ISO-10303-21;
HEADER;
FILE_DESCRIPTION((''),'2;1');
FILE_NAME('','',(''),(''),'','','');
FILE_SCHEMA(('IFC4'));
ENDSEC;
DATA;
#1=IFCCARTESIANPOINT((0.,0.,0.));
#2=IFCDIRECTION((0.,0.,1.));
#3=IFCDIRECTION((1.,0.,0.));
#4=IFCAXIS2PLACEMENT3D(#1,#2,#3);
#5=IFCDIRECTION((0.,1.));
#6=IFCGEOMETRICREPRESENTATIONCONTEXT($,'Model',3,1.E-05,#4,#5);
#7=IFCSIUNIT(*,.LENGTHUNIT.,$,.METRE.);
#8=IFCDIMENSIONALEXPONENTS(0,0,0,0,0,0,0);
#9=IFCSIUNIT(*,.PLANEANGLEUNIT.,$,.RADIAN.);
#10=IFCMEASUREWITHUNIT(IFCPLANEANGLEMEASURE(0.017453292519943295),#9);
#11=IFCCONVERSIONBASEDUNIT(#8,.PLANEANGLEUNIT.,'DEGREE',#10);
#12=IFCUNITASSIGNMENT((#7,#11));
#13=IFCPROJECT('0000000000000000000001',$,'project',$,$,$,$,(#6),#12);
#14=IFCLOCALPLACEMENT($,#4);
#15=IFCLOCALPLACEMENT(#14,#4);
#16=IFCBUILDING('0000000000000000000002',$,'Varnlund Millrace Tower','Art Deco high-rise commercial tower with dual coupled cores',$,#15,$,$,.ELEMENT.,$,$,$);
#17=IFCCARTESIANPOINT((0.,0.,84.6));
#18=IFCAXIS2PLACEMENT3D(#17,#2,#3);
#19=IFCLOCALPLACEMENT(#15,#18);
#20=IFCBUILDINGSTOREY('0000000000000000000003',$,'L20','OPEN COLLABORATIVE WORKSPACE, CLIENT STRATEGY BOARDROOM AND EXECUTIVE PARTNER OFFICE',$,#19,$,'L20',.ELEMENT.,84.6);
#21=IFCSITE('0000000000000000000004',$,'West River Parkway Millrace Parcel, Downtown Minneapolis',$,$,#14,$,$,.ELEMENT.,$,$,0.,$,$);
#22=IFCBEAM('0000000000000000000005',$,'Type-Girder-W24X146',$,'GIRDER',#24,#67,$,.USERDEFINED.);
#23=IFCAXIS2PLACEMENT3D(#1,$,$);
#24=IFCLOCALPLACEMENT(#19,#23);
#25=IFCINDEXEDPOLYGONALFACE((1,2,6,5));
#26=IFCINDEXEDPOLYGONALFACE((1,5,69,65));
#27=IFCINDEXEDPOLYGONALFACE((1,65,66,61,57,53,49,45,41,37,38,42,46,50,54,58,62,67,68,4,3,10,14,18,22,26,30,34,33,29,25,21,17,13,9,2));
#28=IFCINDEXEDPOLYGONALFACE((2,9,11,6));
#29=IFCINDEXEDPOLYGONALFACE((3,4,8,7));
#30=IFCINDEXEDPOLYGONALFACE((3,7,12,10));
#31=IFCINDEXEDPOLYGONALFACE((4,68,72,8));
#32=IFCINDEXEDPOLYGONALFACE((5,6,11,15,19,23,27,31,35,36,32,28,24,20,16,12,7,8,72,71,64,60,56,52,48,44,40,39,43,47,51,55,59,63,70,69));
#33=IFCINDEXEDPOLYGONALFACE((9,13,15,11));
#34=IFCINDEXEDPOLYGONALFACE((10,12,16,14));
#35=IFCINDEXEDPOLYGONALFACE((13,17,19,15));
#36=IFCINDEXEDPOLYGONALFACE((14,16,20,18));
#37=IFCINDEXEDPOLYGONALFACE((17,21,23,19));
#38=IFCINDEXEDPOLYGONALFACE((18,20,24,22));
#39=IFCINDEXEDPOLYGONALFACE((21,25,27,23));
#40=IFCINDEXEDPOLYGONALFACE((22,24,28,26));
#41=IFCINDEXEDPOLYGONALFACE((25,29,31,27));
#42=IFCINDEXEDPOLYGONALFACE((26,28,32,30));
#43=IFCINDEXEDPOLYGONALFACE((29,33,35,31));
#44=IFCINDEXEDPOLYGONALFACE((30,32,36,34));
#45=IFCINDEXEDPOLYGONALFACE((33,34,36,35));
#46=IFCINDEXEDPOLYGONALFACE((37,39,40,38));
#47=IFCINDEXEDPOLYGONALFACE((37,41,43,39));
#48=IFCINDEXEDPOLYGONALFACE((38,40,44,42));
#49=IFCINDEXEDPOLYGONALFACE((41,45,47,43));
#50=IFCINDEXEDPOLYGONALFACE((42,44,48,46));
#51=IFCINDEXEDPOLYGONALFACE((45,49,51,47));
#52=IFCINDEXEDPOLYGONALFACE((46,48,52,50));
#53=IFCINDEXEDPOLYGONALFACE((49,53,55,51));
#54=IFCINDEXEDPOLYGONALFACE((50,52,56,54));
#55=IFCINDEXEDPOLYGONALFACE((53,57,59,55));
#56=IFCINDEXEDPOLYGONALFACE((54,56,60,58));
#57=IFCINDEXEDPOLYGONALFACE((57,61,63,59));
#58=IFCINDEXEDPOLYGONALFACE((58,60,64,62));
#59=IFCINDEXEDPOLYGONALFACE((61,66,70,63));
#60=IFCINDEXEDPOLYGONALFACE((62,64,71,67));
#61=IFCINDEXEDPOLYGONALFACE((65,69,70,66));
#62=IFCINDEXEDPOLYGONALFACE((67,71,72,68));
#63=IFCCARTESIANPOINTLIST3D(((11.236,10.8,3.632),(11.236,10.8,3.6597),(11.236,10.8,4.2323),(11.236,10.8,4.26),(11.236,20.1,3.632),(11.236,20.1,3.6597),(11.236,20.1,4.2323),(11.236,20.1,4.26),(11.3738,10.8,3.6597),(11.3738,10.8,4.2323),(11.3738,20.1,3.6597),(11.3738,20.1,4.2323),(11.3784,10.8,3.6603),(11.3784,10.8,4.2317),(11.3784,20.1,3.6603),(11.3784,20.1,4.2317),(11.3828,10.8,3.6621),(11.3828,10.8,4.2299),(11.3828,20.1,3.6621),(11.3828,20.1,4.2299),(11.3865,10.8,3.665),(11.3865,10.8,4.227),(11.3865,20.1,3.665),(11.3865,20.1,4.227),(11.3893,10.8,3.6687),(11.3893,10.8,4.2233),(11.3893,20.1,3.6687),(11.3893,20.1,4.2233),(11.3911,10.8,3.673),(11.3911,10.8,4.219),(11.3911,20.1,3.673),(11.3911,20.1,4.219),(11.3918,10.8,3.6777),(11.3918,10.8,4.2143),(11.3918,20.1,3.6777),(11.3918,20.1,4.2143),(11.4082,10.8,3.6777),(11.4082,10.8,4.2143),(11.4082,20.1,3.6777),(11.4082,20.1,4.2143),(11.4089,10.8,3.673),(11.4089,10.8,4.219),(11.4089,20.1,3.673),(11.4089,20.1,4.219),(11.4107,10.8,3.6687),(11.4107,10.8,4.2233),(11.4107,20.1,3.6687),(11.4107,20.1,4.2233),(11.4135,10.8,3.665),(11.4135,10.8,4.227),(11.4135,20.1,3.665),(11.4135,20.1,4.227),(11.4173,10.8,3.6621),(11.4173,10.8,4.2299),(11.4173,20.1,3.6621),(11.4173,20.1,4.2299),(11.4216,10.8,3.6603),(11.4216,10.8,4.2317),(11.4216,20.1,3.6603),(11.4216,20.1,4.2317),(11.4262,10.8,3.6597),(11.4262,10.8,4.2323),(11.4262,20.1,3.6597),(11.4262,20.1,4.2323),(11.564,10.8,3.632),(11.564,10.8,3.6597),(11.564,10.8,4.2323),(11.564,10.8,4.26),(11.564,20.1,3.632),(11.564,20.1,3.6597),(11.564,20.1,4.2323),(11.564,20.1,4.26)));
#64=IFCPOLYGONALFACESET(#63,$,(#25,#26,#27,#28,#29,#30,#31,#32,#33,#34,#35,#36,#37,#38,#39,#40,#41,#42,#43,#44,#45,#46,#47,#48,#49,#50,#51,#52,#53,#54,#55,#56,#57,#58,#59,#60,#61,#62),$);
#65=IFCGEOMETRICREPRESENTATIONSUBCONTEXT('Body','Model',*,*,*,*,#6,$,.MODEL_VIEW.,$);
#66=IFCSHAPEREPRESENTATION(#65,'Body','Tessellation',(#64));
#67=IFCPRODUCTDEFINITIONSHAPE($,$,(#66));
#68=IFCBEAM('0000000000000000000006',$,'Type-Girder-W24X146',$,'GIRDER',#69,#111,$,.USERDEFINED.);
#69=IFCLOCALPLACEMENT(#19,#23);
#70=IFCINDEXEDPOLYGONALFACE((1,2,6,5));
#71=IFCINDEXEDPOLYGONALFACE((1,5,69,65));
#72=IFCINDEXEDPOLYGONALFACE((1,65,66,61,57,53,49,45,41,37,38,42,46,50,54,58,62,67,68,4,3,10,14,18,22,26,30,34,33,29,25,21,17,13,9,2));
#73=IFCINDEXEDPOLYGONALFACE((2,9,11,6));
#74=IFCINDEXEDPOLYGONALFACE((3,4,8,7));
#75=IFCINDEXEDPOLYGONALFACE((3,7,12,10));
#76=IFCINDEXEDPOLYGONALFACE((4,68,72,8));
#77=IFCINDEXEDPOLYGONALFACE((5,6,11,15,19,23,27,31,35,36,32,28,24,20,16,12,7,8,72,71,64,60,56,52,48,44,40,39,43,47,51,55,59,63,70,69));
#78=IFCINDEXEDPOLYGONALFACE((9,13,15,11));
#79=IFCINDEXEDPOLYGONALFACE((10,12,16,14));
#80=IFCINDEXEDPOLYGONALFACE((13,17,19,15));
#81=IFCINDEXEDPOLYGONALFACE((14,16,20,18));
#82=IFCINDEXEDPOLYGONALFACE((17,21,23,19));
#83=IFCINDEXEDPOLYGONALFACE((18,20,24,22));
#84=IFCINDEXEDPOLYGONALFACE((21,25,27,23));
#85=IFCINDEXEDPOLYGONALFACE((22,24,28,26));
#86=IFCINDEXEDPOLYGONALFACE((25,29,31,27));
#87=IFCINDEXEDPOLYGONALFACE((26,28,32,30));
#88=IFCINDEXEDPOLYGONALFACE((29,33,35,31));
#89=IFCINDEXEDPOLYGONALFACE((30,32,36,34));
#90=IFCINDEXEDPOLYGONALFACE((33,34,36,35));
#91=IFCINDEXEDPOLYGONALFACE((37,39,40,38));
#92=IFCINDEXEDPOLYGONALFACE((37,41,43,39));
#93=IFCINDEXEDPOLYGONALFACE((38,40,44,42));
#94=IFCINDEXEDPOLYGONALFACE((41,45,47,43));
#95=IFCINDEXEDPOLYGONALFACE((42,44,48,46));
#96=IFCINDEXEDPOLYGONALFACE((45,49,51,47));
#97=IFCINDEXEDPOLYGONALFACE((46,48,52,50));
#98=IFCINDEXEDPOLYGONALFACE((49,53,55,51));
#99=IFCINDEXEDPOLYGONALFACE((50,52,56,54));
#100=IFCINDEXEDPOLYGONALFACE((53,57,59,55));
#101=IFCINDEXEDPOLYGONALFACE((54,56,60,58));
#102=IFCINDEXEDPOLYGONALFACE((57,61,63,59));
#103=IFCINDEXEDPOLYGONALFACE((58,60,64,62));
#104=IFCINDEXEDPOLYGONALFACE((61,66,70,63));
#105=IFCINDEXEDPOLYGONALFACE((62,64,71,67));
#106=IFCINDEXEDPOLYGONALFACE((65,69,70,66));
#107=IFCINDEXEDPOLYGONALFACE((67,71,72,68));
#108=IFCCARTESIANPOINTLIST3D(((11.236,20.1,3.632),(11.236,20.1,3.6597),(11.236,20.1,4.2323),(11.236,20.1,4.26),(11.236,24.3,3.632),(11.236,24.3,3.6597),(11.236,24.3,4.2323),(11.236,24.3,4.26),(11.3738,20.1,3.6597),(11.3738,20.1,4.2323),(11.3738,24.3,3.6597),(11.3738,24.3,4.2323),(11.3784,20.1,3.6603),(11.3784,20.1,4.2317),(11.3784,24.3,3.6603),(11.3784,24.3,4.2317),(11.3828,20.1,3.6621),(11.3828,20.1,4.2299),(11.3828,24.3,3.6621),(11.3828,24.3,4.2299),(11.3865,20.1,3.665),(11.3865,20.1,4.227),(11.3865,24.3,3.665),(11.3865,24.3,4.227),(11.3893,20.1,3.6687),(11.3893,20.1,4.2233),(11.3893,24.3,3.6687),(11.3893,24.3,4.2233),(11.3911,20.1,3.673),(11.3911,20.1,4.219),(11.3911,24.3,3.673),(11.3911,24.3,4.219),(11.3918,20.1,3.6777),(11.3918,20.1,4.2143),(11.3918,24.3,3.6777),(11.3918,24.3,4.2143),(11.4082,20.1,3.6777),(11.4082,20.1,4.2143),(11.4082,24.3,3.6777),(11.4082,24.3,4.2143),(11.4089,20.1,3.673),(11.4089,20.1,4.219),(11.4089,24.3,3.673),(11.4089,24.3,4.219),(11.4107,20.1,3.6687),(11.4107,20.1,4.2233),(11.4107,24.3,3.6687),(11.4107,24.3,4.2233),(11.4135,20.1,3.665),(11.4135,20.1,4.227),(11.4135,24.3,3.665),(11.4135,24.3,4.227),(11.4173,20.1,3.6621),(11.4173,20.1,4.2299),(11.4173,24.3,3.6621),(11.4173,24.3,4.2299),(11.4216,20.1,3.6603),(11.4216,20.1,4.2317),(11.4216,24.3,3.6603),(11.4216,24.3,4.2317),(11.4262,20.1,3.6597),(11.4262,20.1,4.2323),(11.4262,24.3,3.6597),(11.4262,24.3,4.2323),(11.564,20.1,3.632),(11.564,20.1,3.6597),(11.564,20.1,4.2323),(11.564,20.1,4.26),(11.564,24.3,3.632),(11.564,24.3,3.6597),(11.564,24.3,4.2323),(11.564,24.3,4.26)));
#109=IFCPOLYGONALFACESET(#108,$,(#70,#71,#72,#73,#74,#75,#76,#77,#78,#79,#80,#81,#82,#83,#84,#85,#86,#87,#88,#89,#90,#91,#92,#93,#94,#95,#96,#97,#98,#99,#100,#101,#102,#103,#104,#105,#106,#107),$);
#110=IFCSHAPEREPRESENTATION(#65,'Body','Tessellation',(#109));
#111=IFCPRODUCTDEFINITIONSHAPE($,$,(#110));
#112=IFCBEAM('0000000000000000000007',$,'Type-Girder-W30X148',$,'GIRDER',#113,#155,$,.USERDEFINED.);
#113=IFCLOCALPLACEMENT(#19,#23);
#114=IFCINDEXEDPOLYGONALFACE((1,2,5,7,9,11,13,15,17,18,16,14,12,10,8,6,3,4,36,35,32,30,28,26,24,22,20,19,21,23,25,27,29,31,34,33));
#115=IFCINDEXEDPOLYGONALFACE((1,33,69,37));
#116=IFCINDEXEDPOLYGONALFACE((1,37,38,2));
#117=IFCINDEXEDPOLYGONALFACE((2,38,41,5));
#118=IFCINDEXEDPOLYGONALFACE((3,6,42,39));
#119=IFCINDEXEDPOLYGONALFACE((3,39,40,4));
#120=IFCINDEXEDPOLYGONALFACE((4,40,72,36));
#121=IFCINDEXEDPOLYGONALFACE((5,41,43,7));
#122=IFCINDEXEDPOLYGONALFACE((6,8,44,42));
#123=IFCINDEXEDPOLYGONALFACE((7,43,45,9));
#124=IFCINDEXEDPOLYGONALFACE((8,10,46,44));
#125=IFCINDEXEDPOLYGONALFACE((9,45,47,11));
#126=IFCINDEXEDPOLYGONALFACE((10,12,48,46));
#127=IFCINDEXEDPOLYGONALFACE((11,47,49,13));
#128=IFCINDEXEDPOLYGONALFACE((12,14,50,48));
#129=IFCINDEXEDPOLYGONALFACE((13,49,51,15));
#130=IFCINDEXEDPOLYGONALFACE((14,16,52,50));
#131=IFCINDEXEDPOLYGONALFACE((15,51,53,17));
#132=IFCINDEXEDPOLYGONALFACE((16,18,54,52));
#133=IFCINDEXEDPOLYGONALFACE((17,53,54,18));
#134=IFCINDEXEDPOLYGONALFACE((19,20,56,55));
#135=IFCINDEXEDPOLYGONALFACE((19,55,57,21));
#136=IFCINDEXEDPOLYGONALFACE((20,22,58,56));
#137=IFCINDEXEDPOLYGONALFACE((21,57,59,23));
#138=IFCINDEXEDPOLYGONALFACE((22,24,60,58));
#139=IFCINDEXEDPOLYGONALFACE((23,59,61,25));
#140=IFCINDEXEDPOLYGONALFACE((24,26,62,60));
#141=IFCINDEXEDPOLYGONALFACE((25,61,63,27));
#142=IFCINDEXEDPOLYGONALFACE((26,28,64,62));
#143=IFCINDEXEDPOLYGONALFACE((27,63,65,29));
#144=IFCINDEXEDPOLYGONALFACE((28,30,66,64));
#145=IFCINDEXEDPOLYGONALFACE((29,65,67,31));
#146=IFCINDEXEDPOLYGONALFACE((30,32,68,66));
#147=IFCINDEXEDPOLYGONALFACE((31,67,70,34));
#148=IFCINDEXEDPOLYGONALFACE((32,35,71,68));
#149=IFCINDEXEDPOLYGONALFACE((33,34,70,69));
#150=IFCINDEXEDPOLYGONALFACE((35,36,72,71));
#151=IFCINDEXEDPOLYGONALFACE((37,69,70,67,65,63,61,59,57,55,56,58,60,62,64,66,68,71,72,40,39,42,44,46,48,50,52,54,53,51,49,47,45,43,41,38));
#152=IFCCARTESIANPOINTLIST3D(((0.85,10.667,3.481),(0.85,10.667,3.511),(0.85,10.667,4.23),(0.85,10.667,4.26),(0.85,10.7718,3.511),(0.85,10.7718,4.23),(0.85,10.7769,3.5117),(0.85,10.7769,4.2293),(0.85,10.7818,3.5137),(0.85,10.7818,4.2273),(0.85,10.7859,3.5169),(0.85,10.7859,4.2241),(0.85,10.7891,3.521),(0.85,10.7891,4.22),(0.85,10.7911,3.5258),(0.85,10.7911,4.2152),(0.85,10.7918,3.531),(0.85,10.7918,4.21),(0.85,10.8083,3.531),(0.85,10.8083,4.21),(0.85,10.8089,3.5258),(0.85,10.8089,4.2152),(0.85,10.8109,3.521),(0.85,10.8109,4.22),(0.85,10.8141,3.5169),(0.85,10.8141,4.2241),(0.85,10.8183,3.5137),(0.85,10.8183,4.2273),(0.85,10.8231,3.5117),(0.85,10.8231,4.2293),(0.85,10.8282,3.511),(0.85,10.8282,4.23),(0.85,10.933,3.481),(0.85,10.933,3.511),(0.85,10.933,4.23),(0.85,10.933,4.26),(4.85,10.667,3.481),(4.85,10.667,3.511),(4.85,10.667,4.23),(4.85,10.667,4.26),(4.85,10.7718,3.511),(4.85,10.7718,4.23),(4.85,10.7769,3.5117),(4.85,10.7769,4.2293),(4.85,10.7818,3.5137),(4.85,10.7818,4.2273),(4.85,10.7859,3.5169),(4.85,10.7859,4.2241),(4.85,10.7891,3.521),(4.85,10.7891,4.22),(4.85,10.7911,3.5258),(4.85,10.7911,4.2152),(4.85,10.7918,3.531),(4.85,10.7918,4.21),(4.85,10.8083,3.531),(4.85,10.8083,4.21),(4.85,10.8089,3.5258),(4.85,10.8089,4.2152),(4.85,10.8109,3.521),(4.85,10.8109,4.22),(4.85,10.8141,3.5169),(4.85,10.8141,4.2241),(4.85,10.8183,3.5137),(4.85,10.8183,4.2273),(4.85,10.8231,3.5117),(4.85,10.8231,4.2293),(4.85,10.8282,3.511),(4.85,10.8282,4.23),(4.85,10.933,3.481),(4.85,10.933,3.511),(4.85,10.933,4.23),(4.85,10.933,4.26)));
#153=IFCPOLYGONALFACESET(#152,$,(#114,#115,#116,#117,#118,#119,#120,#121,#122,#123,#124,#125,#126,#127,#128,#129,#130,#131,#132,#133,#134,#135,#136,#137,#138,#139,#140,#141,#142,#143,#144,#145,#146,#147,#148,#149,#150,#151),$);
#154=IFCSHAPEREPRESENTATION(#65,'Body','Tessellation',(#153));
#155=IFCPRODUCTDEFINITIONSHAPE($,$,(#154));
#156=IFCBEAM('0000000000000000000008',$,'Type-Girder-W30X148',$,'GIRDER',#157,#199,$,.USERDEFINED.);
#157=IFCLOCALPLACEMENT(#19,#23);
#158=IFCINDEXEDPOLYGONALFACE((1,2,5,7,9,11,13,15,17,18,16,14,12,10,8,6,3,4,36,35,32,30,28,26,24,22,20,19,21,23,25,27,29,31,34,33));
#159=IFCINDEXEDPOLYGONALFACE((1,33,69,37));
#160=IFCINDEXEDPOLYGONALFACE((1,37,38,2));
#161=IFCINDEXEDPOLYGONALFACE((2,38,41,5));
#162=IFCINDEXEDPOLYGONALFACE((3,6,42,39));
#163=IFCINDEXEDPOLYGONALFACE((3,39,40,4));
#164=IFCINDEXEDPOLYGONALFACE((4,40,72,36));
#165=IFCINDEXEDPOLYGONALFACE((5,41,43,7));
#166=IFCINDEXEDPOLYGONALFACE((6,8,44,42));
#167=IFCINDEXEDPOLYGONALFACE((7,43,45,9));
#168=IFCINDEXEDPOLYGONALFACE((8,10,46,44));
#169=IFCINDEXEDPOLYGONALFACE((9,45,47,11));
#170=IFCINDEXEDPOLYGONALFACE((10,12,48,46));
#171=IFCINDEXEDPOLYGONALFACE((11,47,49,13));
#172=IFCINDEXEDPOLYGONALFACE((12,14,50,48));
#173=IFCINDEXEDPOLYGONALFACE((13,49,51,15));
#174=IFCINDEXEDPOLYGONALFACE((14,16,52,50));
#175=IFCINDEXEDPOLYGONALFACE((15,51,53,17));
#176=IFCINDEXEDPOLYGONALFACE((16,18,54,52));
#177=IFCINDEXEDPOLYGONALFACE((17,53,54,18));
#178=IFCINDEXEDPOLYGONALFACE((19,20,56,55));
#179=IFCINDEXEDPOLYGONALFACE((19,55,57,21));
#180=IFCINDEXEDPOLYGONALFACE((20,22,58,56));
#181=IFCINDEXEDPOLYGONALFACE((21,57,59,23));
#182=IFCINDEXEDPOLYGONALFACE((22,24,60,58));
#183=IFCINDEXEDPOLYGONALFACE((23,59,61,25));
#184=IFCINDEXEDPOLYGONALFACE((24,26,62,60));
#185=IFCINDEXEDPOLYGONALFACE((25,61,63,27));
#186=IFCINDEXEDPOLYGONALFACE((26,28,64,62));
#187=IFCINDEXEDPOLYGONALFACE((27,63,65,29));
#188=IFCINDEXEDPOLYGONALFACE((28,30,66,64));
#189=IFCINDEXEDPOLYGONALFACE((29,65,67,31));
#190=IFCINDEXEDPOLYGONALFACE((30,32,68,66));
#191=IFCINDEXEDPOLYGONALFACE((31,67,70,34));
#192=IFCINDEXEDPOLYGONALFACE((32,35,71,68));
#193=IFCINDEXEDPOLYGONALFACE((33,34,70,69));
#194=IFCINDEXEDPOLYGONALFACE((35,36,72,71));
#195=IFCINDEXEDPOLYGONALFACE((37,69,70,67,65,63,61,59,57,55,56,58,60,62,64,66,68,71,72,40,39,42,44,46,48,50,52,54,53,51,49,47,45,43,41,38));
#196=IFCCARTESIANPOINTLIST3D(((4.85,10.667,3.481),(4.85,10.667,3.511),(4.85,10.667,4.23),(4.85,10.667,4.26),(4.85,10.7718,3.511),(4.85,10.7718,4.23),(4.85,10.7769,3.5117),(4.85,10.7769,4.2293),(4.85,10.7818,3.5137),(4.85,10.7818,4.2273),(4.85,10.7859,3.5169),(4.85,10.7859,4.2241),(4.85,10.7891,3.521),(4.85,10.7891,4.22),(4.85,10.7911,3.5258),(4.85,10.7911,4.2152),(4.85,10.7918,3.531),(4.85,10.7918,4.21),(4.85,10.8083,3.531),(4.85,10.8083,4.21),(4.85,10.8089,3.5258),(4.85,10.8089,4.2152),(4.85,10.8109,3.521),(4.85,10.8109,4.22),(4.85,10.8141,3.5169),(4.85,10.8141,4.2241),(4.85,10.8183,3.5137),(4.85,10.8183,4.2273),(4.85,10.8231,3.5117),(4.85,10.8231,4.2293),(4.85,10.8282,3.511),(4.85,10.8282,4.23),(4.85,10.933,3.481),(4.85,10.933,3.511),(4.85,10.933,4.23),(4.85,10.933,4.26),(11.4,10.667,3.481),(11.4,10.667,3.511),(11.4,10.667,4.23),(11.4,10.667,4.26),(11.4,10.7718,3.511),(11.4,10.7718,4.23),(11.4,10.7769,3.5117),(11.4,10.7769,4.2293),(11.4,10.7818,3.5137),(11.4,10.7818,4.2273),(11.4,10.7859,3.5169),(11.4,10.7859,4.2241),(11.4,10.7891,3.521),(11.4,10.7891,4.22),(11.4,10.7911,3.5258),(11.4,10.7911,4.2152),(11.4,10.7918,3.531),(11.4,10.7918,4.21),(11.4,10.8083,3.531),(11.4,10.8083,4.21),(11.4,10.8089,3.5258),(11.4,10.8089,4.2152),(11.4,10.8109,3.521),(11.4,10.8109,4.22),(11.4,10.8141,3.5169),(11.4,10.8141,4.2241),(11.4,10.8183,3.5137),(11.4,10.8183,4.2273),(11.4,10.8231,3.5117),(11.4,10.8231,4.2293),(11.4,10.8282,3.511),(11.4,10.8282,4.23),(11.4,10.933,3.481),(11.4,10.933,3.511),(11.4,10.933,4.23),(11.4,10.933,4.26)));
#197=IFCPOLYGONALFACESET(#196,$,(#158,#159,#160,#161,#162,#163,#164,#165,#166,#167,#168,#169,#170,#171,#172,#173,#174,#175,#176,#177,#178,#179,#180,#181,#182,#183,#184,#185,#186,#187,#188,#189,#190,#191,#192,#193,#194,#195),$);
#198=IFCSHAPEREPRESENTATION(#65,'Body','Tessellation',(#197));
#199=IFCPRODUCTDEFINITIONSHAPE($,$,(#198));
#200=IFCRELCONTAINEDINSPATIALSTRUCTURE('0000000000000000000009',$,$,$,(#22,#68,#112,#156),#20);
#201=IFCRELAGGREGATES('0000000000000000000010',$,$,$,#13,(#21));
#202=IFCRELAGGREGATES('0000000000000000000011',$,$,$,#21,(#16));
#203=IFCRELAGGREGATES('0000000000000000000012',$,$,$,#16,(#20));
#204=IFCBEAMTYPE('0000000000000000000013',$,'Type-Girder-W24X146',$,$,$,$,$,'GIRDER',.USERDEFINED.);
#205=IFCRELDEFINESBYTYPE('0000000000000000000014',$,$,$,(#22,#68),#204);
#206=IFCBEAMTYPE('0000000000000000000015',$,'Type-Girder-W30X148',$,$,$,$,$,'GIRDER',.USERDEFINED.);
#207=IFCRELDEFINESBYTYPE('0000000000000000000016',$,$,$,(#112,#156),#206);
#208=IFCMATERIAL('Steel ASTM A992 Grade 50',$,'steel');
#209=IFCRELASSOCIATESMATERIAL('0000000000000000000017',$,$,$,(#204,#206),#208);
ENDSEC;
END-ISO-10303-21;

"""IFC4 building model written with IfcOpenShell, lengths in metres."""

from ifc_helpers import new_model, entity, si_unit, converted_unit, direction, frame, origin_with_axes, origin_2d_with_axis, place, context, subcontext, project, spatial, i_section, extrude, material, material_profile, profile_set, type_object, element, save


model = new_model("IFC4")

# Units and contexts
model_context = context("Model", 3, precision=1e-05, world=origin_with_axes(), true_north=direction((0.0, 1.0)))
body_context = subcontext(model_context, "Body", "Model", "MODEL_VIEW")
ifc_project = project(units=[si_unit("LENGTHUNIT", "METRE"), converted_unit("PLANEANGLEUNIT", "DEGREE", entity("IfcPlaneAngleMeasure", 0.017453292519943295), si_unit("PLANEANGLEUNIT", "RADIAN"), dimensions=[0, 0, 0, 0, 0, 0, 0])], contexts=[model_context])

# Site, building, storey
site_placement = place(None, origin_with_axes())
site = spatial("IfcSite", under=ifc_project, at=site_placement, Name="West River Parkway Millrace Parcel, Downtown Minneapolis", CompositionType="ELEMENT", RefElevation=0.0)
building_placement = place(site_placement, origin_with_axes())
building = spatial("IfcBuilding", under=site, at=building_placement, Name="Varnlund Millrace Tower", Description="Art Deco high-rise commercial tower with dual coupled cores", CompositionType="ELEMENT")
storey_placement = place(building_placement, frame((0.0, 0.0, 84.6), z_axis=(0.0, 0.0, 1.0), x_axis=(1.0, 0.0, 0.0)))
storey = spatial("IfcBuildingStorey", under=building, at=storey_placement, Name="L20", Description="OPEN COLLABORATIVE WORKSPACE, CLIENT STRATEGY BOARDROOM AND EXECUTIVE PARTNER OFFICE", LongName="L20", CompositionType="ELEMENT", Elevation=84.6)

# Beams
ifc_material_1 = material(Name="Steel ASTM A992 Grade 50", Category="steel")
ifc_material_profile_1 = material_profile(ifc_material_1, i_section(OverallWidth=0.328, OverallDepth=0.628, WebThickness=0.0165, FlangeThickness=0.0277, FilletRadius=0.018, at=origin_2d_with_axis()), Name="Steel ASTM A992 Grade 50")
ifc_profile_set_1 = profile_set([ifc_material_profile_1], Name="Steel ASTM A992 Grade 50")
beam_type_1 = type_object("IfcBeamType", Name="Type-Girder-W24X146", ElementType="GIRDER", PredefinedType="USERDEFINED", material=ifc_profile_set_1)
beam_1_placement = place(storey_placement, frame((11.4, 10.8, 3.946), z_axis=(0.0, 1.0, 0.0), x_axis=(-1.0, 0.0, 0.0)))
element("IfcBeam", 1, at=beam_1_placement, inside=storey, type_object=beam_type_1, Name="Type-Girder-W24X146", ObjectType="GIRDER", PredefinedType="USERDEFINED", context=body_context, shape_type="SweptSolid", body=[
    extrude(i_section(OverallWidth=0.328, OverallDepth=0.628, WebThickness=0.0165, FlangeThickness=0.0277, FilletRadius=0.018, at=origin_2d_with_axis()), origin_with_axes(), (0.0, 0.0, 1.0), 9.3),
])
beam_2_placement = place(storey_placement, frame((11.4, 20.1, 3.946), z_axis=(0.0, 1.0, 0.0), x_axis=(-1.0, 0.0, 0.0)))
element("IfcBeam", 2, at=beam_2_placement, inside=storey, type_object=beam_type_1, Name="Type-Girder-W24X146", ObjectType="GIRDER", PredefinedType="USERDEFINED", context=body_context, shape_type="SweptSolid", body=[
    extrude(i_section(OverallWidth=0.328, OverallDepth=0.628, WebThickness=0.0165, FlangeThickness=0.0277, FilletRadius=0.018, at=origin_2d_with_axis()), origin_with_axes(), (0.0, 0.0, 1.0), 4.2),
])
ifc_material_profile_2 = material_profile(ifc_material_1, i_section(OverallWidth=0.266, OverallDepth=0.779, WebThickness=0.0165, FlangeThickness=0.03, FilletRadius=0.02, at=origin_2d_with_axis()), Name="Steel ASTM A992 Grade 50")
ifc_profile_set_2 = profile_set([ifc_material_profile_2], Name="Steel ASTM A992 Grade 50")
beam_type_2 = type_object("IfcBeamType", Name="Type-Girder-W30X148", ElementType="GIRDER", PredefinedType="USERDEFINED", material=ifc_profile_set_2)
beam_3_placement = place(storey_placement, frame((0.85, 10.8, 3.8705), z_axis=(1.0, 0.0, 0.0), x_axis=(0.0, 1.0, 0.0)))
element("IfcBeam", 3, at=beam_3_placement, inside=storey, type_object=beam_type_2, Name="Type-Girder-W30X148", ObjectType="GIRDER", PredefinedType="USERDEFINED", context=body_context, shape_type="SweptSolid", body=[
    extrude(i_section(OverallWidth=0.266, OverallDepth=0.779, WebThickness=0.0165, FlangeThickness=0.03, FilletRadius=0.02, at=origin_2d_with_axis()), origin_with_axes(), (0.0, 0.0, 1.0), 4.0),
])
beam_4_placement = place(storey_placement, frame((4.85, 10.8, 3.8705), z_axis=(1.0, 0.0, 0.0), x_axis=(0.0, 1.0, 0.0)))
element("IfcBeam", 4, at=beam_4_placement, inside=storey, type_object=beam_type_2, Name="Type-Girder-W30X148", ObjectType="GIRDER", PredefinedType="USERDEFINED", context=body_context, shape_type="SweptSolid", body=[
    extrude(i_section(OverallWidth=0.266, OverallDepth=0.779, WebThickness=0.0165, FlangeThickness=0.03, FilletRadius=0.02, at=origin_2d_with_axis()), origin_with_axes(), (0.0, 0.0, 1.0), 6.55),
])

save(model, "model.ifc")
